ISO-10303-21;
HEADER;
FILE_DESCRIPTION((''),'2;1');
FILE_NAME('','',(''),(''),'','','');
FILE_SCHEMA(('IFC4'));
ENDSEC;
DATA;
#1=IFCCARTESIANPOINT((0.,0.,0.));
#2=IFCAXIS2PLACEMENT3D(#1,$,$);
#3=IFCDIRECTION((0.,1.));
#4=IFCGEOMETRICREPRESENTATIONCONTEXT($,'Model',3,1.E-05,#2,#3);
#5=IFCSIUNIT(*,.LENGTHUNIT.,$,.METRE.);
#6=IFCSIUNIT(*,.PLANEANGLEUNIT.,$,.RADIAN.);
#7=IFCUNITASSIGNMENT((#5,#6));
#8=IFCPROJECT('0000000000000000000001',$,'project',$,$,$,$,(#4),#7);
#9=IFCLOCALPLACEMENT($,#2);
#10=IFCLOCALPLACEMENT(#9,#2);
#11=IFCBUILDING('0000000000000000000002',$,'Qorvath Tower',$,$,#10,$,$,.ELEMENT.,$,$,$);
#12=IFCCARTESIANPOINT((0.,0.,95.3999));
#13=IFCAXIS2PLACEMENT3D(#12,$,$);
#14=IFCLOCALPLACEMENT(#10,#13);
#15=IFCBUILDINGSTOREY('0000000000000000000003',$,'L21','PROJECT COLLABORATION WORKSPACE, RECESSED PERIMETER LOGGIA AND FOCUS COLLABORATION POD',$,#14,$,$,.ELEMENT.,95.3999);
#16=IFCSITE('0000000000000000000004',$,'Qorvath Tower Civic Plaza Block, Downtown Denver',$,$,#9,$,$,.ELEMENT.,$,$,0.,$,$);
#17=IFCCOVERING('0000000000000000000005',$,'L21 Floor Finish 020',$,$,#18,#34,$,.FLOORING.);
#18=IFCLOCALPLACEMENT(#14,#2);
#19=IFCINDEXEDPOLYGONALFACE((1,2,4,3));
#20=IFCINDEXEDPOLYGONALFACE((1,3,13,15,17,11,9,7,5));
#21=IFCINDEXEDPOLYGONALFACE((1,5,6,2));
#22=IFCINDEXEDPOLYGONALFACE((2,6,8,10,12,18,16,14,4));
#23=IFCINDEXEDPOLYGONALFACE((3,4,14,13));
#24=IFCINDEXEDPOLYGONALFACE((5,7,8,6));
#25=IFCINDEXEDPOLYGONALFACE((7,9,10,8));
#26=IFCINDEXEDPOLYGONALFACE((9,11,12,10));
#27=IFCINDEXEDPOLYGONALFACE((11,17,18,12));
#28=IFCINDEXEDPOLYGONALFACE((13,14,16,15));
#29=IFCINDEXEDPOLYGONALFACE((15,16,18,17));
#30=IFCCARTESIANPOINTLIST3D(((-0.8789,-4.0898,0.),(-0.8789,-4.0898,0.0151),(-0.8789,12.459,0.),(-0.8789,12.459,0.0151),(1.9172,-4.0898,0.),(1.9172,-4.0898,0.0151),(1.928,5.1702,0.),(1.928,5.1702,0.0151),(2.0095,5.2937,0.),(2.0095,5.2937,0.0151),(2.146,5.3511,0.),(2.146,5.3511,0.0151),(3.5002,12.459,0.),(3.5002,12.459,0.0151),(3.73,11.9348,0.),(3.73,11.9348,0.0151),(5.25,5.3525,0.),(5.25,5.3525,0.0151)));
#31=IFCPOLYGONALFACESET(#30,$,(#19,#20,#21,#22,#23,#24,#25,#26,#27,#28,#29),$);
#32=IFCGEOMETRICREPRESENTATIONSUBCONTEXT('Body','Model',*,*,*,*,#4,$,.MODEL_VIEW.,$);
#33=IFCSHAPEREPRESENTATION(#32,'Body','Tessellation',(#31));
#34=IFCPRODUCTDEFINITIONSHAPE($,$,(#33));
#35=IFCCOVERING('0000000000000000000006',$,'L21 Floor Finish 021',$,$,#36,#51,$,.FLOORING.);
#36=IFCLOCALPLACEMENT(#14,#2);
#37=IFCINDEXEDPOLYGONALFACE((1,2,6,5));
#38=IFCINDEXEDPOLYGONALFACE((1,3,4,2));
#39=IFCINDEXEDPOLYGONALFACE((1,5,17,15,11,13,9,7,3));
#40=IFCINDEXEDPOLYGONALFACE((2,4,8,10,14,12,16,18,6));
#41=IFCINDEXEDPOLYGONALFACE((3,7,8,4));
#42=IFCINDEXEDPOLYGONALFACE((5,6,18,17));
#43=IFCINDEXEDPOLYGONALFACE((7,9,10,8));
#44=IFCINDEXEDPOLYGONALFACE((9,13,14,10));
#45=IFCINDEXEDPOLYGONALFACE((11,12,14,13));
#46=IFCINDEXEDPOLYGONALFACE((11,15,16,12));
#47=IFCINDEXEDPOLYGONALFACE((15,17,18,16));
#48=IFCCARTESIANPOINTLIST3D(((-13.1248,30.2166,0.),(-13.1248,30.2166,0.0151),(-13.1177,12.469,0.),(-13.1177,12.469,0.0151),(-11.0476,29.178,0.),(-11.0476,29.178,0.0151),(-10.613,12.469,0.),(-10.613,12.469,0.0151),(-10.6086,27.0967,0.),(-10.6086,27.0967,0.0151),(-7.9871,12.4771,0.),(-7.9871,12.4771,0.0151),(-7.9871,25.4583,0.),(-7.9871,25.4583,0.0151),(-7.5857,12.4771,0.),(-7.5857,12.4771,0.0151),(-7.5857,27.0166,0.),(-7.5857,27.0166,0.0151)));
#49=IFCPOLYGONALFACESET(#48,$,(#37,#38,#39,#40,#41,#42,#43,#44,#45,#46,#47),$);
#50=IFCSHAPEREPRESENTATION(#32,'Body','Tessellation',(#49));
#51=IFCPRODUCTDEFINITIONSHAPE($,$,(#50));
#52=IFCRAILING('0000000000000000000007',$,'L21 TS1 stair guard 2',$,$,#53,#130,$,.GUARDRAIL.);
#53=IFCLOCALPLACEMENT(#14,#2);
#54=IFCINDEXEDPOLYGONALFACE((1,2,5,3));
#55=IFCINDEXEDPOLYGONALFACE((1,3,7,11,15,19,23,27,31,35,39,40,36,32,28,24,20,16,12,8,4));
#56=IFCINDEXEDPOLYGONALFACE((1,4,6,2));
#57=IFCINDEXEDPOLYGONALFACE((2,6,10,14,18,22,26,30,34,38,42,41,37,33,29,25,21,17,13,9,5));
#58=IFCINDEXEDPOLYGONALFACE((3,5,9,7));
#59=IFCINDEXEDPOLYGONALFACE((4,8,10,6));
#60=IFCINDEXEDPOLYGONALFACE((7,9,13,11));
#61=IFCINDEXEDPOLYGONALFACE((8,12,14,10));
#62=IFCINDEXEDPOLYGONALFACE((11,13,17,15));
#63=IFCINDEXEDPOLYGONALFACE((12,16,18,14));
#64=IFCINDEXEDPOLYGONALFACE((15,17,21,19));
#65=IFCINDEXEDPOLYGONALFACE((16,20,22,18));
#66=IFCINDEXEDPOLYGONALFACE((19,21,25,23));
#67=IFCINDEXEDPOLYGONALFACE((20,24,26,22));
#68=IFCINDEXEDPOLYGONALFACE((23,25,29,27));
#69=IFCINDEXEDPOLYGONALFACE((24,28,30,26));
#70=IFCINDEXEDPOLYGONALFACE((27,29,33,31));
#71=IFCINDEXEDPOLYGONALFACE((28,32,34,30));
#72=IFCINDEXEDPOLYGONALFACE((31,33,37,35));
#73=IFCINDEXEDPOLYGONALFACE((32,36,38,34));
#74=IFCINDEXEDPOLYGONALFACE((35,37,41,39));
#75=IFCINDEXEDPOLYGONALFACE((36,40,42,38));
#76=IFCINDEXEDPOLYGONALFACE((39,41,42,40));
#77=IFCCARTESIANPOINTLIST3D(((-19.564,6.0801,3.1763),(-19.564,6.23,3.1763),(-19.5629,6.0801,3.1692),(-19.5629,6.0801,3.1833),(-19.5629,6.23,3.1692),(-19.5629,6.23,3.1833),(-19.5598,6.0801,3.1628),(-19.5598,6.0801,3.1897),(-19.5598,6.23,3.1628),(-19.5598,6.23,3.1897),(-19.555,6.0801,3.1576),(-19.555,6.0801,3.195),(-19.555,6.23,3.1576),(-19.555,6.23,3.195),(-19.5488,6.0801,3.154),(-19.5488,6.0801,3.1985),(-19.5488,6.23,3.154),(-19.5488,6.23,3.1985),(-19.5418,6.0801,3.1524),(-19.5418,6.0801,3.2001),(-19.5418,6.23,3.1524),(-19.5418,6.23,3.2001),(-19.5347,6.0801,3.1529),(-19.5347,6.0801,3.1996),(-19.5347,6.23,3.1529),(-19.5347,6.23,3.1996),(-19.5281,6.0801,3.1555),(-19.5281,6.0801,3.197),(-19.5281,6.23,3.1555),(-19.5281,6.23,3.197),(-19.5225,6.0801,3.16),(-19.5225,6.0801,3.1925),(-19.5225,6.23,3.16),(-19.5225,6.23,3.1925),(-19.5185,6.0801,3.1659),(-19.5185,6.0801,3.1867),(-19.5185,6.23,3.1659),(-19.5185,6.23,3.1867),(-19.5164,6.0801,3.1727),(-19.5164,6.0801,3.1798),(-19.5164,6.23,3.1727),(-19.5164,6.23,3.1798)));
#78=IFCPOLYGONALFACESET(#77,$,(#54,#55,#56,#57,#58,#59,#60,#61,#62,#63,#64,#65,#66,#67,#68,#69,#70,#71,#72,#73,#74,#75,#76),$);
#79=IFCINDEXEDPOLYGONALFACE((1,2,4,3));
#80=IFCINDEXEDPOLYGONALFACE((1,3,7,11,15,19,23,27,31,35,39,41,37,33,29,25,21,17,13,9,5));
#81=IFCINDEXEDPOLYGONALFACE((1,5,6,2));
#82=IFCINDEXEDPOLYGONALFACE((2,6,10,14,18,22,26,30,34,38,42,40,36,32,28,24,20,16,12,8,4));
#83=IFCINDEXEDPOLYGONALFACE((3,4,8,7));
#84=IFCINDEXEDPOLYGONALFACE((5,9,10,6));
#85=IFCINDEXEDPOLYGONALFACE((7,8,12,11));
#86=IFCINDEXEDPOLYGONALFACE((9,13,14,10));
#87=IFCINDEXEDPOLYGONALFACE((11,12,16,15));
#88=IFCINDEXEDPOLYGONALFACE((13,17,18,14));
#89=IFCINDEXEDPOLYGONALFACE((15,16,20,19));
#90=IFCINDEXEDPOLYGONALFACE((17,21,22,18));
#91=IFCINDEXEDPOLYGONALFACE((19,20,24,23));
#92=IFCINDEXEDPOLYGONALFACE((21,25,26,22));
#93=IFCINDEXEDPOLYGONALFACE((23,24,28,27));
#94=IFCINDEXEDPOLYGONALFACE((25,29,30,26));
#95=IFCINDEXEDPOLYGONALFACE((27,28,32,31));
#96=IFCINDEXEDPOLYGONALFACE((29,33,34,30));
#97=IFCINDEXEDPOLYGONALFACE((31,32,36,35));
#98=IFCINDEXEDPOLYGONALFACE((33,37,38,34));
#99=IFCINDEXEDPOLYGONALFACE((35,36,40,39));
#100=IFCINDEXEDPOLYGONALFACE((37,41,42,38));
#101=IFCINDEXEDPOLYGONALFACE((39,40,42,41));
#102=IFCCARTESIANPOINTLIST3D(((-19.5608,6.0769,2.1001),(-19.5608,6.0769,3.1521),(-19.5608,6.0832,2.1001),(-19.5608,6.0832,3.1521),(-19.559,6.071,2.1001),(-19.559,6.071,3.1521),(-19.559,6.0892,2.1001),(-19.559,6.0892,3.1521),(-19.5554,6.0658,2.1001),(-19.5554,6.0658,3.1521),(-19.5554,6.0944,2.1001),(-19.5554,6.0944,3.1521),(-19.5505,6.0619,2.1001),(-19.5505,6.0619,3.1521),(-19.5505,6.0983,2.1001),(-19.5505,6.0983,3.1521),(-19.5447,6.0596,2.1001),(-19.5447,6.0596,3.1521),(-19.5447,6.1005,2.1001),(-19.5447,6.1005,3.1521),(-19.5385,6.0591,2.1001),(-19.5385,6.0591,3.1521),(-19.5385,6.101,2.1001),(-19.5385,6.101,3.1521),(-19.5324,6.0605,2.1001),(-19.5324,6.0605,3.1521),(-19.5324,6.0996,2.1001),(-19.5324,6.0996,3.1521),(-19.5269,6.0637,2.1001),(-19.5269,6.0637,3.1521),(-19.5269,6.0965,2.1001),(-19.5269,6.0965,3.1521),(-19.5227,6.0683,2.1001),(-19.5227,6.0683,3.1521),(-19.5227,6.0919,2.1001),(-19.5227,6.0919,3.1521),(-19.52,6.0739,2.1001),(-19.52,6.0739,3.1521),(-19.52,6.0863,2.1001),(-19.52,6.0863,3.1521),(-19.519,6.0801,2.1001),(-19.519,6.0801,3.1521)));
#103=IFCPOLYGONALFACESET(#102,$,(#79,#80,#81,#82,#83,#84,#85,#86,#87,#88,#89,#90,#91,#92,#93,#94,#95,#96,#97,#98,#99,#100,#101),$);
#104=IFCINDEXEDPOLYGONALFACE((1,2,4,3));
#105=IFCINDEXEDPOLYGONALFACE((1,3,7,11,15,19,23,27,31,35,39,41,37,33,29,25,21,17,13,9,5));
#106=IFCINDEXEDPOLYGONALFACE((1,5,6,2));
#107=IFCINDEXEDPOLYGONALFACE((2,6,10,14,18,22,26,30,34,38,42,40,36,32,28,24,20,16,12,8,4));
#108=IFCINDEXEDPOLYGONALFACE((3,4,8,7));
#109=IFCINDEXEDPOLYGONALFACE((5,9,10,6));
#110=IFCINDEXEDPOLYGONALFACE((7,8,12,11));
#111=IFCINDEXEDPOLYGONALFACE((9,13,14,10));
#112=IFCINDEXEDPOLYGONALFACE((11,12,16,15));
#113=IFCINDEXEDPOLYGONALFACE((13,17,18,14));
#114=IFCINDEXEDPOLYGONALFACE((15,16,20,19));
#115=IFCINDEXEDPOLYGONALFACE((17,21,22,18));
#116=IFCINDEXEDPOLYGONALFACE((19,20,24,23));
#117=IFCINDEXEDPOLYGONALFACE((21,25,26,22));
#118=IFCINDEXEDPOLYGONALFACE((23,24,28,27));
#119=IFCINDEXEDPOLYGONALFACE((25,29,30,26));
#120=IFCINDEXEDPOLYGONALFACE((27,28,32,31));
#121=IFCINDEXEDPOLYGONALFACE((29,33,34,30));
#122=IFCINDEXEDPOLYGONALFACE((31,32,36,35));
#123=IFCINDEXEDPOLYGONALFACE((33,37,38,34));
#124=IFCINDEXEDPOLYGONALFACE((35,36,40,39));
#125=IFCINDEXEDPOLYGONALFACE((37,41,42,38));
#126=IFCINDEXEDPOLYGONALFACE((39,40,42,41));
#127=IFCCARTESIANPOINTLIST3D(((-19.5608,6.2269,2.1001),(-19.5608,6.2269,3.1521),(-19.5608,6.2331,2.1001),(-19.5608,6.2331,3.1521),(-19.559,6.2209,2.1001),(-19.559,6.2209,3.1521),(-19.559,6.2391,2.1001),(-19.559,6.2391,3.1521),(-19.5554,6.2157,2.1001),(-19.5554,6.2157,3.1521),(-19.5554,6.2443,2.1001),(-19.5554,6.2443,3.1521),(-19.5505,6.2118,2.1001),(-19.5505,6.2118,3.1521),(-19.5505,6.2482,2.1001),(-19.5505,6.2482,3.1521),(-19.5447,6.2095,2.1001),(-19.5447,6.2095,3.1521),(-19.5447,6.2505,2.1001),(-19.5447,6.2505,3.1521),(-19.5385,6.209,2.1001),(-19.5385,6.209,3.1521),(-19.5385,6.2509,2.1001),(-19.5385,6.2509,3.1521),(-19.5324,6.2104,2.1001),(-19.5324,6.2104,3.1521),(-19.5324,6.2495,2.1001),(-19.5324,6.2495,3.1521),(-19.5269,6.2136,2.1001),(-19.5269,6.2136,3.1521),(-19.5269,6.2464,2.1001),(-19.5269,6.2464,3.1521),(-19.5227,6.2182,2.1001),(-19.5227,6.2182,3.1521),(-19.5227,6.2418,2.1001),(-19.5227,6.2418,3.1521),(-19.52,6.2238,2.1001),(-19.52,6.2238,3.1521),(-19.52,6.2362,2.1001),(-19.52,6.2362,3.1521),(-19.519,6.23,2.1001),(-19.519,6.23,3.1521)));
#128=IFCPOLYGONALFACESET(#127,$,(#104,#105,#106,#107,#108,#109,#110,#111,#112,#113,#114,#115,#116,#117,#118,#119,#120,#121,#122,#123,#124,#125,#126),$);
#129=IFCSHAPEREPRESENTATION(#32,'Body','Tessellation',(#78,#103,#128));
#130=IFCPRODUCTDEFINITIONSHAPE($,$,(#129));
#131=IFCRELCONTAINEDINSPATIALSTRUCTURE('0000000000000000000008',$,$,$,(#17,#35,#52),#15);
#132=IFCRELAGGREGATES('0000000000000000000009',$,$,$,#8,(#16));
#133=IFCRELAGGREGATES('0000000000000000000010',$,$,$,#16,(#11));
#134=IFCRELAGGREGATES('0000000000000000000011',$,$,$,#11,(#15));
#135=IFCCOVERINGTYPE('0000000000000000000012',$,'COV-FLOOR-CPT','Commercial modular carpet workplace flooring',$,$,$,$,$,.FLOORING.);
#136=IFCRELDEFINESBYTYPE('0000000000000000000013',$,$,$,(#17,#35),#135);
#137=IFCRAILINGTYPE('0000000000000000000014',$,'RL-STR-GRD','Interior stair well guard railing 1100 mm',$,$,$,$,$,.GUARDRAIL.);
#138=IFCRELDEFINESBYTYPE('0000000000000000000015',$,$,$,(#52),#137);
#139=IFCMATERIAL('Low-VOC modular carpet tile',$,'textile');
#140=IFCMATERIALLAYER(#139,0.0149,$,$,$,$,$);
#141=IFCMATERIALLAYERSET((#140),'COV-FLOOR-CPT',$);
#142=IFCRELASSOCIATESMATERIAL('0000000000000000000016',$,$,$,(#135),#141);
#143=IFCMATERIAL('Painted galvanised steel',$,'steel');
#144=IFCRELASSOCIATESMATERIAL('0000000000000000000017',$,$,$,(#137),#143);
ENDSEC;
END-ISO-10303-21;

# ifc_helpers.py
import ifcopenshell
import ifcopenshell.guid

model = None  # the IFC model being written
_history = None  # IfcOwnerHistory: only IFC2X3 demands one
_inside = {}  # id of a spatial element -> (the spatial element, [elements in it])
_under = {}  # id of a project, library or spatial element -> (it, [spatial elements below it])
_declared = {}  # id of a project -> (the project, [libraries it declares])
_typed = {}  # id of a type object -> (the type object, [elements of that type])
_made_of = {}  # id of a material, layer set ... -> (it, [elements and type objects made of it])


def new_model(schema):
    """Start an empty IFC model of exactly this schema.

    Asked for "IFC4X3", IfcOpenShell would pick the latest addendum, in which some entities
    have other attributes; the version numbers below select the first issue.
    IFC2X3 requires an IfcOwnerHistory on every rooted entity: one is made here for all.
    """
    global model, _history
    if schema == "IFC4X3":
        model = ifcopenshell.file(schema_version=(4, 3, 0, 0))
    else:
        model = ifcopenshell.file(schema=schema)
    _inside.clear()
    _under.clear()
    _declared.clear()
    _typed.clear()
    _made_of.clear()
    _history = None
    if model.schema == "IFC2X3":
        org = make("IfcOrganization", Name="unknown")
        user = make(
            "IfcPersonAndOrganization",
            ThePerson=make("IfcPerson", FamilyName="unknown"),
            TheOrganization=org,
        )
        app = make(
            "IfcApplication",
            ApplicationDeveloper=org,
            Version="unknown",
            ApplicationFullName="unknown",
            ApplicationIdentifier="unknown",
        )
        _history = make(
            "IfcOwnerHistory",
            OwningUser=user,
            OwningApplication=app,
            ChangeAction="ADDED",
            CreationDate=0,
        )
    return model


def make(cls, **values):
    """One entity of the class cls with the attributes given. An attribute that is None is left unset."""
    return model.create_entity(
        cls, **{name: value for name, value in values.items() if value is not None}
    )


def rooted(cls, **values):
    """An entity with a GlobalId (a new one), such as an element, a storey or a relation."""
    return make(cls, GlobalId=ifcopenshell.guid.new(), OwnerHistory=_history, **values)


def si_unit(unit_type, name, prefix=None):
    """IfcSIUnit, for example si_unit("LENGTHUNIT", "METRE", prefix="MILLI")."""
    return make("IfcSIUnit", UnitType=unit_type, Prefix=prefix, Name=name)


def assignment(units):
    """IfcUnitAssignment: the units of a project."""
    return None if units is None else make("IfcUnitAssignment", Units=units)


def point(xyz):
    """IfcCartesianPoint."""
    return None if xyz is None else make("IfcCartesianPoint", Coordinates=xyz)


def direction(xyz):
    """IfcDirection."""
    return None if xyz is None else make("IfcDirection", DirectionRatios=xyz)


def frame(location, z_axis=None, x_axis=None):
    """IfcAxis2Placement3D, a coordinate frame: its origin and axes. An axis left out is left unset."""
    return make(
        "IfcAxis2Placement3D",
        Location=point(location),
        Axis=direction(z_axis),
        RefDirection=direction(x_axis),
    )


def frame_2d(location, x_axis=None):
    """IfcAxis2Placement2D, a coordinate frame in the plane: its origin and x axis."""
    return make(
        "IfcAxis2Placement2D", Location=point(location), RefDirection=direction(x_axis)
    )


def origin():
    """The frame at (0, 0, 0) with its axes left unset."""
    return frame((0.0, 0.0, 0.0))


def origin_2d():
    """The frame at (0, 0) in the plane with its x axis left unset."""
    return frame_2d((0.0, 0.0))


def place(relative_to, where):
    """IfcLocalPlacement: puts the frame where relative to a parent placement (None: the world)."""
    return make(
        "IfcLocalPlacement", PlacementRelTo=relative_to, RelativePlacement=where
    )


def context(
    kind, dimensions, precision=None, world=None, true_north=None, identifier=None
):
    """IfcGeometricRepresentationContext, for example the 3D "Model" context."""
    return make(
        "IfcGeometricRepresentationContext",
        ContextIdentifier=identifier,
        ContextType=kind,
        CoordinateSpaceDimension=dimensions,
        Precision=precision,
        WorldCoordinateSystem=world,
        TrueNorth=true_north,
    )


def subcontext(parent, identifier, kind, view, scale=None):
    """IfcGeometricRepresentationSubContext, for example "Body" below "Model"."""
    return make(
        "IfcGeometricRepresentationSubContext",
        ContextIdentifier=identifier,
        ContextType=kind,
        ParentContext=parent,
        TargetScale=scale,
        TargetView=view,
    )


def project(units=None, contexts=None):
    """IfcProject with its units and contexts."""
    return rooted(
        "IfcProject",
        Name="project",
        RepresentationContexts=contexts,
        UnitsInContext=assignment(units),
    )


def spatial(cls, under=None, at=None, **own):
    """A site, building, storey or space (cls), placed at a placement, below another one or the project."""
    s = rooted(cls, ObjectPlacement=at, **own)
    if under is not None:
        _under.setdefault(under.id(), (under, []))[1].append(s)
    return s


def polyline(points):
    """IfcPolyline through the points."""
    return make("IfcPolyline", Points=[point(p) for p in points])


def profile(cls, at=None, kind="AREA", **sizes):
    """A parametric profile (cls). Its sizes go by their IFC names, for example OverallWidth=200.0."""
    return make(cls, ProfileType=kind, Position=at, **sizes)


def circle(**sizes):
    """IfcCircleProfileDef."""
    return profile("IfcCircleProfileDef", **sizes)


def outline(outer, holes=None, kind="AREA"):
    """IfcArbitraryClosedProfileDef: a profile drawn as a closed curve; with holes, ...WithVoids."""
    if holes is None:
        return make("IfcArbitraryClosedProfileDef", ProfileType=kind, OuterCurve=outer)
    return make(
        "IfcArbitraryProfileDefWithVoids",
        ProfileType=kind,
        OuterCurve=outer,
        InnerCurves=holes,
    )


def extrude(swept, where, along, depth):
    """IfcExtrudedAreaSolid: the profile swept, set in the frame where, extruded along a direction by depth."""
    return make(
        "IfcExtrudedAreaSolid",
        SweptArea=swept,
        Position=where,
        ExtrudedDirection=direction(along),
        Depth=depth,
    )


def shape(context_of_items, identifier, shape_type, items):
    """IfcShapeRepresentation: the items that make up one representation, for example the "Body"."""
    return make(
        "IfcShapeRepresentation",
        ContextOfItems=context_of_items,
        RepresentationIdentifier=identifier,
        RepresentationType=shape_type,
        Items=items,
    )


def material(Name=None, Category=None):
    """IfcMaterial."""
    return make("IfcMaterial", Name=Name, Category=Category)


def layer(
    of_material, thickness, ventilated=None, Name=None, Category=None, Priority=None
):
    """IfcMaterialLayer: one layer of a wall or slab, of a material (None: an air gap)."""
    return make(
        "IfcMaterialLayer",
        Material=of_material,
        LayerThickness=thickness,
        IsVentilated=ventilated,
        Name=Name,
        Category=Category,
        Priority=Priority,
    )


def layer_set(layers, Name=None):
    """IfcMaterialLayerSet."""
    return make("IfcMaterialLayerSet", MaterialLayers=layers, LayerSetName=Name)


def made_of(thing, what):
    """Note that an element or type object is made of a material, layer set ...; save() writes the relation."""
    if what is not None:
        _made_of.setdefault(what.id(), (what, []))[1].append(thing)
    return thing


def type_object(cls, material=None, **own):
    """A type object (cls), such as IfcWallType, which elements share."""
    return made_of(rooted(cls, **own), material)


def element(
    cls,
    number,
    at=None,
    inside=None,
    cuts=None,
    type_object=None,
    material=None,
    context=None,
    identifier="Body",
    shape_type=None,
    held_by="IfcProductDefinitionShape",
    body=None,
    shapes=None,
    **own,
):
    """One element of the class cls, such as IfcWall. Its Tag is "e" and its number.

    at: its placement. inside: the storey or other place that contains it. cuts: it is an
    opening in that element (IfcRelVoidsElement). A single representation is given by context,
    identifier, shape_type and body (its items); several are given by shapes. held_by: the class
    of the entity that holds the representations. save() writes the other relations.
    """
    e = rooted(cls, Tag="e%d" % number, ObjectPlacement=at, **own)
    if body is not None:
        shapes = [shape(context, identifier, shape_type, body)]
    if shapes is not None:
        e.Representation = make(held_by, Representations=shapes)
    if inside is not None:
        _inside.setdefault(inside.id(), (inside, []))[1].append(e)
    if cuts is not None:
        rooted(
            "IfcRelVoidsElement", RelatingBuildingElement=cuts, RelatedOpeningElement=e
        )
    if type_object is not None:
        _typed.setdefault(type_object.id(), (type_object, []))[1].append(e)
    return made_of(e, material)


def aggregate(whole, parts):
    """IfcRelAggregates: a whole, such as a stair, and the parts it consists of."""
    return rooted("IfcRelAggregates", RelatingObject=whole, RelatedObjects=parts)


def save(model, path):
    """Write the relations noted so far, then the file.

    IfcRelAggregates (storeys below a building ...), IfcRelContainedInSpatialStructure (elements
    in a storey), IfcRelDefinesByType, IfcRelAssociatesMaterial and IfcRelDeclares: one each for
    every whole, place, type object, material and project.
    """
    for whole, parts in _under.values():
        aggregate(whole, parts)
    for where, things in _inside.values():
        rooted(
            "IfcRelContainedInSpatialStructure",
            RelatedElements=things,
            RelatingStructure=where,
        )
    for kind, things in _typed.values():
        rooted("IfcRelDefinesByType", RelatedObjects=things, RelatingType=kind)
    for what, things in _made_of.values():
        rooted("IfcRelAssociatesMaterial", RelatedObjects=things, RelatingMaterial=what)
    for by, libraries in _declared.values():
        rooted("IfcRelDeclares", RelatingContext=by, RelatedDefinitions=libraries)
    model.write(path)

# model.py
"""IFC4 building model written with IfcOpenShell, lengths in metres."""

from ifc_helpers import new_model, si_unit, direction, frame, origin, origin_2d, place, context, subcontext, project, spatial, polyline, circle, outline, extrude, material, layer, layer_set, type_object, element, save


model = new_model("IFC4")

# Units and contexts
model_context = context("Model", 3, precision=1e-05, world=origin(), true_north=direction((0.0, 1.0)))
body_context = subcontext(model_context, "Body", "Model", "MODEL_VIEW")
ifc_project = project(units=[si_unit("LENGTHUNIT", "METRE"), si_unit("PLANEANGLEUNIT", "RADIAN")], contexts=[model_context])

# Site, building, storey
site_placement = place(None, origin())
site = spatial("IfcSite", under=ifc_project, at=site_placement, Name="Qorvath Tower Civic Plaza Block, Downtown Denver", CompositionType="ELEMENT", RefElevation=0.0)
building_placement = place(site_placement, origin())
building = spatial("IfcBuilding", under=site, at=building_placement, Name="Qorvath Tower", CompositionType="ELEMENT")
storey_placement = place(building_placement, frame((0.0, 0.0, 95.3999)))
storey = spatial("IfcBuildingStorey", under=building, at=storey_placement, Name="L21", Description="PROJECT COLLABORATION WORKSPACE, RECESSED PERIMETER LOGGIA AND FOCUS COLLABORATION POD", CompositionType="ELEMENT", Elevation=95.3999)

# Coverings
ifc_material_1 = material(Name="Low-VOC modular carpet tile", Category="textile")
ifc_layer_1 = layer(ifc_material_1, 0.0149)
ifc_layer_set_1 = layer_set([ifc_layer_1], Name="COV-FLOOR-CPT")
covering_type_1 = type_object("IfcCoveringType", Name="COV-FLOOR-CPT", Description="Commercial modular carpet workplace flooring", PredefinedType="FLOORING", material=ifc_layer_set_1)
covering_1_placement = place(storey_placement, origin())
element("IfcCovering", 1, at=covering_1_placement, inside=storey, type_object=covering_type_1, Name="L21 Floor Finish 020", PredefinedType="FLOORING", context=body_context, shape_type="SweptSolid", body=[
    extrude(outline(polyline([(2.146, 5.3511), (5.25, 5.3525), (3.73, 11.9348), (3.5002, 12.459), (-0.8789, 12.459), (-0.8789, -4.0898), (1.9172, -4.0898), (1.928, 5.1702), (2.0095, 5.2937), (2.146, 5.3511)])), origin(), (0.0, 0.0, 1.0), 0.0151),
])
covering_2_placement = place(storey_placement, origin())
element("IfcCovering", 2, at=covering_2_placement, inside=storey, type_object=covering_type_1, Name="L21 Floor Finish 021", PredefinedType="FLOORING", context=body_context, shape_type="SweptSolid", body=[
    extrude(outline(polyline([(-7.9871, 12.4771), (-7.5857, 12.4771), (-7.5857, 27.0166), (-11.0476, 29.178), (-13.1248, 30.2166), (-13.1177, 12.469), (-10.613, 12.469), (-10.6086, 27.0967), (-7.9871, 25.4583), (-7.9871, 12.4771)])), origin(), (0.0, 0.0, 1.0), 0.0151),
])

# Railing
ifc_material_2 = material(Name="Painted galvanised steel", Category="steel")
railing_type_1 = type_object("IfcRailingType", Name="RL-STR-GRD", Description="Interior stair well guard railing 1100 mm", PredefinedType="GUARDRAIL", material=ifc_material_2)
railing_1_placement = place(storey_placement, frame((-19.54, 6.0801, 2.1001)))
element("IfcRailing", 3, at=railing_1_placement, inside=storey, type_object=railing_type_1, Name="L21 TS1 stair guard 2", PredefinedType="GUARDRAIL", context=body_context, shape_type="SweptSolid", body=[
    extrude(circle(Radius=0.0239, at=origin_2d()), frame((0.0, 0.0, 1.0762), z_axis=(0.0, 1.0, 0.0), x_axis=(-1.0, 0.0, 0.0)), (0.0, 0.0, 1.0), 0.1499),
    extrude(circle(Radius=0.021, at=origin_2d()), origin(), (0.0, 0.0, 1.0), 1.052),
    extrude(circle(Radius=0.021, at=origin_2d()), frame((0.0, 0.1499, 0.0)), (0.0, 0.0, 1.0), 1.052),
])

save(model, "model.ifc")
